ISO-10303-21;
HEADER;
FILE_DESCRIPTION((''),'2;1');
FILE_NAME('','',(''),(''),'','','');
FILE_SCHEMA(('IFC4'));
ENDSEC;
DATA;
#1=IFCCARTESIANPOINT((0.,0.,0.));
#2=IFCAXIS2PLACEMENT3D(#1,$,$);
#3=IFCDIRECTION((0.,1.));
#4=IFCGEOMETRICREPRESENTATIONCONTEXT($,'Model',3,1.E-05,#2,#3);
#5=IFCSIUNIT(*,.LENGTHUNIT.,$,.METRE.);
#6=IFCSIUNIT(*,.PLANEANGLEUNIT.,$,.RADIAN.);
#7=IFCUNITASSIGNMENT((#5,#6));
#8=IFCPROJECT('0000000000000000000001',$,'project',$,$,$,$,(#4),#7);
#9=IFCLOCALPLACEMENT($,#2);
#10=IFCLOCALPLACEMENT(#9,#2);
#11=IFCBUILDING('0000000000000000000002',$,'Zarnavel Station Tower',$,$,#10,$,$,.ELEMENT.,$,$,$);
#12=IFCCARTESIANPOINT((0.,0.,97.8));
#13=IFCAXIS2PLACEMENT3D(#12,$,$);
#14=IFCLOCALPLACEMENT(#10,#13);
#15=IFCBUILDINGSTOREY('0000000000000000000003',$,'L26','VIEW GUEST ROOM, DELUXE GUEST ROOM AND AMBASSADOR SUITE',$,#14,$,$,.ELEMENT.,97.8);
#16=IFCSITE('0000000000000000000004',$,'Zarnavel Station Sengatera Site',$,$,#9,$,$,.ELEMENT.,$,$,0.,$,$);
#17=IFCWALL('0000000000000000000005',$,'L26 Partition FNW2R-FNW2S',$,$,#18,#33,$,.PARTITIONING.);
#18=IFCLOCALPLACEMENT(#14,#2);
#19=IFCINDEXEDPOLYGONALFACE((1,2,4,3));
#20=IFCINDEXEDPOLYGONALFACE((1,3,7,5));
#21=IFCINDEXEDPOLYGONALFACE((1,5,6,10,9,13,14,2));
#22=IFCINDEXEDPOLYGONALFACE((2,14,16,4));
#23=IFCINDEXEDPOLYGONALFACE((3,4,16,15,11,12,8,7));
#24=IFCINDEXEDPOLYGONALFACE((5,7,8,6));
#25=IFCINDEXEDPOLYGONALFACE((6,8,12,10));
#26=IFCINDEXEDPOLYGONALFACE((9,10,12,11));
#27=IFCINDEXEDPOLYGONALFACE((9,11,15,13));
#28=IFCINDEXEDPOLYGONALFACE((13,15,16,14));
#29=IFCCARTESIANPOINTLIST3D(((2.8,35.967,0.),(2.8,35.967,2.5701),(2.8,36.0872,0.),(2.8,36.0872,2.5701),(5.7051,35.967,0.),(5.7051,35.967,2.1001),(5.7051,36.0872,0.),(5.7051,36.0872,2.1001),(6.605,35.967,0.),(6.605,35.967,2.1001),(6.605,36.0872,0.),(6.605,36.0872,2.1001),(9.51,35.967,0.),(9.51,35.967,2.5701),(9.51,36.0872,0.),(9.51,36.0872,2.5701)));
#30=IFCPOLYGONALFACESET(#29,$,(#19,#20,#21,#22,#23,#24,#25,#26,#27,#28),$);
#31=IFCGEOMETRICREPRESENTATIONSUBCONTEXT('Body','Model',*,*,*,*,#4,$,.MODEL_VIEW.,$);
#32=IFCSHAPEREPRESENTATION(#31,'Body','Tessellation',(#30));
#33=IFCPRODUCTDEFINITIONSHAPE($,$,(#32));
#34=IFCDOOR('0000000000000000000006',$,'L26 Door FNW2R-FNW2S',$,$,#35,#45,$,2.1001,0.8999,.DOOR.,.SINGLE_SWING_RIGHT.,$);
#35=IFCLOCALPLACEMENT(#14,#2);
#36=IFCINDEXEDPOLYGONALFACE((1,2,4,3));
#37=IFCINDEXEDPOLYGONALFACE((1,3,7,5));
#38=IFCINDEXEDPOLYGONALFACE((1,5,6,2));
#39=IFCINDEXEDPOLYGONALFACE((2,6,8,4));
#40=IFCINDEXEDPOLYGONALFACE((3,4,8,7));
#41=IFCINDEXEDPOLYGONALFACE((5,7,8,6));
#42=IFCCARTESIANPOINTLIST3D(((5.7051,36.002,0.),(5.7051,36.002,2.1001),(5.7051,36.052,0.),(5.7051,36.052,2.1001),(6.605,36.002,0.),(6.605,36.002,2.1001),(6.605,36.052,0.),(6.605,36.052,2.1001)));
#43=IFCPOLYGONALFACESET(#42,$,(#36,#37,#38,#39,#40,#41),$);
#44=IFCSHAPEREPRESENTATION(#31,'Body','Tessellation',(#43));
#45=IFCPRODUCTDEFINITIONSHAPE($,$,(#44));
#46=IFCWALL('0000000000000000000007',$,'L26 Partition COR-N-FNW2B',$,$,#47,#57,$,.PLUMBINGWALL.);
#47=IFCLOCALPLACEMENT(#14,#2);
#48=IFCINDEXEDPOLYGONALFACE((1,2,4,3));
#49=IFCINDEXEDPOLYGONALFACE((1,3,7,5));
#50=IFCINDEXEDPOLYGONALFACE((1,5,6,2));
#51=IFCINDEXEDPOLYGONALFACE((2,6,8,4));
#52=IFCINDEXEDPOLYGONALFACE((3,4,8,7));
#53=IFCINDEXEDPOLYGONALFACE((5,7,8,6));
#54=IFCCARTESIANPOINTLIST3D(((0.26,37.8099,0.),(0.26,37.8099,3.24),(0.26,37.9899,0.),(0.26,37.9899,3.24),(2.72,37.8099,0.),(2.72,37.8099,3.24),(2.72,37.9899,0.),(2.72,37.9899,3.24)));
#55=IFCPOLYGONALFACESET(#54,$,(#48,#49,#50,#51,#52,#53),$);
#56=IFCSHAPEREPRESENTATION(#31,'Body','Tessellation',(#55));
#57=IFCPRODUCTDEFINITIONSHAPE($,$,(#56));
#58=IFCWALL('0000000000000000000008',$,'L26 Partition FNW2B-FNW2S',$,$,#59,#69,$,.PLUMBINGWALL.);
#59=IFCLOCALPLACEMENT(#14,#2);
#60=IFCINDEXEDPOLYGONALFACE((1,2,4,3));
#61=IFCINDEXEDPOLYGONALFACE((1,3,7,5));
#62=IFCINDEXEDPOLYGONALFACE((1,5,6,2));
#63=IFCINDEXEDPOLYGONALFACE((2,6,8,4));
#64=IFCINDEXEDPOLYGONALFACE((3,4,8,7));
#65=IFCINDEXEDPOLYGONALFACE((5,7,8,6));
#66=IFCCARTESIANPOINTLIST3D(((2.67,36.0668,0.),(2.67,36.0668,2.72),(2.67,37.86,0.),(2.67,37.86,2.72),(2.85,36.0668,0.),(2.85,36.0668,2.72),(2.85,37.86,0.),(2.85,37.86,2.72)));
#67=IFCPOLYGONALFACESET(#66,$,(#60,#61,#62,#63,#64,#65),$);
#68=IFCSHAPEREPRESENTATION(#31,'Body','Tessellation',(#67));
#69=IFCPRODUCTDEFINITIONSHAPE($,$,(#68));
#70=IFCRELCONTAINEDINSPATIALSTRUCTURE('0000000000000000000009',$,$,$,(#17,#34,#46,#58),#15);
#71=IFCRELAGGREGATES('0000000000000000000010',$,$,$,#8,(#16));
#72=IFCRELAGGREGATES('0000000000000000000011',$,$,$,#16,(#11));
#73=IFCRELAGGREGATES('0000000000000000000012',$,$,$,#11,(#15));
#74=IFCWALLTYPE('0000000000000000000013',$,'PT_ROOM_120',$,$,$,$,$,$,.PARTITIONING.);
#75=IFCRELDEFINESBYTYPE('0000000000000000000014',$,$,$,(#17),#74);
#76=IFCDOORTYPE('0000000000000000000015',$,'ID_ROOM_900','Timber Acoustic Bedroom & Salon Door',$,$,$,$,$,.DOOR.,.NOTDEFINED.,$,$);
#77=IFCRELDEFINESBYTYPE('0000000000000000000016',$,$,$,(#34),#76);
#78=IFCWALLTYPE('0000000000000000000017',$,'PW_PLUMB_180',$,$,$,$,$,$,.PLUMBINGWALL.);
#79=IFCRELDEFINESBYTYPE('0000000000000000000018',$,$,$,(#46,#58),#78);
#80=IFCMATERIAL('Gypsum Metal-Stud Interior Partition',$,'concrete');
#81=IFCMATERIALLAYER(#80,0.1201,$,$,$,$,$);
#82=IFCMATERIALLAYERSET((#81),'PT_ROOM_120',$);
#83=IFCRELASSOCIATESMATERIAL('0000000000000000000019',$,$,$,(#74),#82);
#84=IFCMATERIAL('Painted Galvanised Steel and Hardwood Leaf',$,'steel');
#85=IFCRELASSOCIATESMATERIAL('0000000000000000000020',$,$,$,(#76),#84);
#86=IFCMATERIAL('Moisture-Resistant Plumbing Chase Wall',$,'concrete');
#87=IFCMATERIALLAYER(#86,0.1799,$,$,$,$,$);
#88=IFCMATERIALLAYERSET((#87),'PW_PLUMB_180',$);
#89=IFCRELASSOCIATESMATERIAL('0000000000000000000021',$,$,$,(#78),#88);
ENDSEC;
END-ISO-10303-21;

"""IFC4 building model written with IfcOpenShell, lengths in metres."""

from ifc_helpers import new_model, si_unit, direction, frame, frame_2d, origin, place, context, subcontext, project, spatial, rectangle, extrude, material, layer, layer_set, type_object, element, fill, save


model = new_model("IFC4")

# Units and contexts
model_context = context("Model", 3, precision=1e-05, world=origin(), true_north=direction((0.0, 1.0)))
body_context = subcontext(model_context, "Body", "Model", "MODEL_VIEW")
ifc_project = project(units=[si_unit("LENGTHUNIT", "METRE"), si_unit("PLANEANGLEUNIT", "RADIAN")], contexts=[model_context])

# Site, building, storey
site_placement = place(None, origin())
site = spatial("IfcSite", under=ifc_project, at=site_placement, Name="Zarnavel Station Sengatera Site", CompositionType="ELEMENT", RefElevation=0.0)
building_placement = place(site_placement, origin())
building = spatial("IfcBuilding", under=site, at=building_placement, Name="Zarnavel Station Tower", CompositionType="ELEMENT")
storey_placement = place(building_placement, frame((0.0, 0.0, 97.8)))
storey = spatial("IfcBuildingStorey", under=building, at=storey_placement, Name="L26", Description="VIEW GUEST ROOM, DELUXE GUEST ROOM AND AMBASSADOR SUITE", CompositionType="ELEMENT", Elevation=97.8)

# Wall, opening, door
ifc_material_1 = material(Name="Gypsum Metal-Stud Interior Partition", Category="concrete")
ifc_layer_1 = layer(ifc_material_1, 0.1201)
ifc_layer_set_1 = layer_set([ifc_layer_1], Name="PT_ROOM_120")
wall_type_1 = type_object("IfcWallType", Name="PT_ROOM_120", PredefinedType="PARTITIONING", material=ifc_layer_set_1)
ifc_material_2 = material(Name="Painted Galvanised Steel and Hardwood Leaf", Category="steel")
door_type = type_object("IfcDoorType", Name="ID_ROOM_900", Description="Timber Acoustic Bedroom & Salon Door", OperationType="NOTDEFINED", PredefinedType="DOOR", material=ifc_material_2)
wall_1_placement = place(storey_placement, frame((2.8, 36.0271, 0.0), z_axis=(0.0, 0.0, 1.0), x_axis=(1.0, 0.0, 0.0)))
wall_1 = element("IfcWall", 1, at=wall_1_placement, inside=storey, type_object=wall_type_1, Name="L26 Partition FNW2R-FNW2S", PredefinedType="PARTITIONING", context=body_context, shape_type="SweptSolid", body=[
    extrude(rectangle(XDim=6.71, YDim=0.1201, at=frame_2d((3.355, 0.0))), origin(), (0.0, 0.0, 1.0), 2.5701),
])
opening_1_placement = place(wall_1_placement, frame((2.905, 0.0, 0.0)))
opening_1 = element("IfcOpeningElement", 2, at=opening_1_placement, cuts=wall_1, PredefinedType="OPENING", context=body_context, shape_type="SweptSolid", body=[
    extrude(rectangle(XDim=0.8999, YDim=2.1001, at=frame_2d((0.45, 1.05))), frame((0.0, 0.0701, 0.0), z_axis=(0.0, -1.0, 0.0), x_axis=(1.0, 0.0, 0.0)), (0.0, 0.0, 1.0), 0.1401),
])
door_1_placement = place(opening_1_placement, origin())
door_1 = element("IfcDoor", 3, at=door_1_placement, inside=storey, type_object=door_type, Name="L26 Door FNW2R-FNW2S", OperationType="SINGLE_SWING_RIGHT", OverallHeight=2.1001, OverallWidth=0.8999, PredefinedType="DOOR", context=body_context, shape_type="SweptSolid", body=[
    extrude(rectangle(XDim=0.8999, YDim=2.1001, at=frame_2d((0.45, 1.05))), frame((0.0, 0.0249, 0.0), z_axis=(0.0, -1.0, 0.0), x_axis=(1.0, 0.0, 0.0)), (0.0, 0.0, 1.0), 0.05),
])
fill(opening_1, door_1)

# Walls
ifc_material_3 = material(Name="Moisture-Resistant Plumbing Chase Wall", Category="concrete")
ifc_layer_2 = layer(ifc_material_3, 0.1799)
ifc_layer_set_2 = layer_set([ifc_layer_2], Name="PW_PLUMB_180")
wall_type_2 = type_object("IfcWallType", Name="PW_PLUMB_180", PredefinedType="PLUMBINGWALL", material=ifc_layer_set_2)
wall_2_placement = place(storey_placement, frame((0.26, 37.8999, 0.0), z_axis=(0.0, 0.0, 1.0), x_axis=(1.0, 0.0, 0.0)))
element("IfcWall", 4, at=wall_2_placement, inside=storey, type_object=wall_type_2, Name="L26 Partition COR-N-FNW2B", PredefinedType="PLUMBINGWALL", context=body_context, shape_type="SweptSolid", body=[
    extrude(rectangle(XDim=2.46, YDim=0.1799, at=frame_2d((1.23, 0.0))), origin(), (0.0, 0.0, 1.0), 3.24),
])
wall_3_placement = place(storey_placement, frame((2.76, 36.0669, 0.0), z_axis=(0.0, 0.0, 1.0), x_axis=(0.0, 1.0, 0.0)))
element("IfcWall", 5, at=wall_3_placement, inside=storey, type_object=wall_type_2, Name="L26 Partition FNW2B-FNW2S", PredefinedType="PLUMBINGWALL", context=body_context, shape_type="SweptSolid", body=[
    extrude(rectangle(XDim=1.7932, YDim=0.1799, at=frame_2d((0.8965, 0.0))), origin(), (0.0, 0.0, 1.0), 2.72),
])

save(model, "model.ifc")
